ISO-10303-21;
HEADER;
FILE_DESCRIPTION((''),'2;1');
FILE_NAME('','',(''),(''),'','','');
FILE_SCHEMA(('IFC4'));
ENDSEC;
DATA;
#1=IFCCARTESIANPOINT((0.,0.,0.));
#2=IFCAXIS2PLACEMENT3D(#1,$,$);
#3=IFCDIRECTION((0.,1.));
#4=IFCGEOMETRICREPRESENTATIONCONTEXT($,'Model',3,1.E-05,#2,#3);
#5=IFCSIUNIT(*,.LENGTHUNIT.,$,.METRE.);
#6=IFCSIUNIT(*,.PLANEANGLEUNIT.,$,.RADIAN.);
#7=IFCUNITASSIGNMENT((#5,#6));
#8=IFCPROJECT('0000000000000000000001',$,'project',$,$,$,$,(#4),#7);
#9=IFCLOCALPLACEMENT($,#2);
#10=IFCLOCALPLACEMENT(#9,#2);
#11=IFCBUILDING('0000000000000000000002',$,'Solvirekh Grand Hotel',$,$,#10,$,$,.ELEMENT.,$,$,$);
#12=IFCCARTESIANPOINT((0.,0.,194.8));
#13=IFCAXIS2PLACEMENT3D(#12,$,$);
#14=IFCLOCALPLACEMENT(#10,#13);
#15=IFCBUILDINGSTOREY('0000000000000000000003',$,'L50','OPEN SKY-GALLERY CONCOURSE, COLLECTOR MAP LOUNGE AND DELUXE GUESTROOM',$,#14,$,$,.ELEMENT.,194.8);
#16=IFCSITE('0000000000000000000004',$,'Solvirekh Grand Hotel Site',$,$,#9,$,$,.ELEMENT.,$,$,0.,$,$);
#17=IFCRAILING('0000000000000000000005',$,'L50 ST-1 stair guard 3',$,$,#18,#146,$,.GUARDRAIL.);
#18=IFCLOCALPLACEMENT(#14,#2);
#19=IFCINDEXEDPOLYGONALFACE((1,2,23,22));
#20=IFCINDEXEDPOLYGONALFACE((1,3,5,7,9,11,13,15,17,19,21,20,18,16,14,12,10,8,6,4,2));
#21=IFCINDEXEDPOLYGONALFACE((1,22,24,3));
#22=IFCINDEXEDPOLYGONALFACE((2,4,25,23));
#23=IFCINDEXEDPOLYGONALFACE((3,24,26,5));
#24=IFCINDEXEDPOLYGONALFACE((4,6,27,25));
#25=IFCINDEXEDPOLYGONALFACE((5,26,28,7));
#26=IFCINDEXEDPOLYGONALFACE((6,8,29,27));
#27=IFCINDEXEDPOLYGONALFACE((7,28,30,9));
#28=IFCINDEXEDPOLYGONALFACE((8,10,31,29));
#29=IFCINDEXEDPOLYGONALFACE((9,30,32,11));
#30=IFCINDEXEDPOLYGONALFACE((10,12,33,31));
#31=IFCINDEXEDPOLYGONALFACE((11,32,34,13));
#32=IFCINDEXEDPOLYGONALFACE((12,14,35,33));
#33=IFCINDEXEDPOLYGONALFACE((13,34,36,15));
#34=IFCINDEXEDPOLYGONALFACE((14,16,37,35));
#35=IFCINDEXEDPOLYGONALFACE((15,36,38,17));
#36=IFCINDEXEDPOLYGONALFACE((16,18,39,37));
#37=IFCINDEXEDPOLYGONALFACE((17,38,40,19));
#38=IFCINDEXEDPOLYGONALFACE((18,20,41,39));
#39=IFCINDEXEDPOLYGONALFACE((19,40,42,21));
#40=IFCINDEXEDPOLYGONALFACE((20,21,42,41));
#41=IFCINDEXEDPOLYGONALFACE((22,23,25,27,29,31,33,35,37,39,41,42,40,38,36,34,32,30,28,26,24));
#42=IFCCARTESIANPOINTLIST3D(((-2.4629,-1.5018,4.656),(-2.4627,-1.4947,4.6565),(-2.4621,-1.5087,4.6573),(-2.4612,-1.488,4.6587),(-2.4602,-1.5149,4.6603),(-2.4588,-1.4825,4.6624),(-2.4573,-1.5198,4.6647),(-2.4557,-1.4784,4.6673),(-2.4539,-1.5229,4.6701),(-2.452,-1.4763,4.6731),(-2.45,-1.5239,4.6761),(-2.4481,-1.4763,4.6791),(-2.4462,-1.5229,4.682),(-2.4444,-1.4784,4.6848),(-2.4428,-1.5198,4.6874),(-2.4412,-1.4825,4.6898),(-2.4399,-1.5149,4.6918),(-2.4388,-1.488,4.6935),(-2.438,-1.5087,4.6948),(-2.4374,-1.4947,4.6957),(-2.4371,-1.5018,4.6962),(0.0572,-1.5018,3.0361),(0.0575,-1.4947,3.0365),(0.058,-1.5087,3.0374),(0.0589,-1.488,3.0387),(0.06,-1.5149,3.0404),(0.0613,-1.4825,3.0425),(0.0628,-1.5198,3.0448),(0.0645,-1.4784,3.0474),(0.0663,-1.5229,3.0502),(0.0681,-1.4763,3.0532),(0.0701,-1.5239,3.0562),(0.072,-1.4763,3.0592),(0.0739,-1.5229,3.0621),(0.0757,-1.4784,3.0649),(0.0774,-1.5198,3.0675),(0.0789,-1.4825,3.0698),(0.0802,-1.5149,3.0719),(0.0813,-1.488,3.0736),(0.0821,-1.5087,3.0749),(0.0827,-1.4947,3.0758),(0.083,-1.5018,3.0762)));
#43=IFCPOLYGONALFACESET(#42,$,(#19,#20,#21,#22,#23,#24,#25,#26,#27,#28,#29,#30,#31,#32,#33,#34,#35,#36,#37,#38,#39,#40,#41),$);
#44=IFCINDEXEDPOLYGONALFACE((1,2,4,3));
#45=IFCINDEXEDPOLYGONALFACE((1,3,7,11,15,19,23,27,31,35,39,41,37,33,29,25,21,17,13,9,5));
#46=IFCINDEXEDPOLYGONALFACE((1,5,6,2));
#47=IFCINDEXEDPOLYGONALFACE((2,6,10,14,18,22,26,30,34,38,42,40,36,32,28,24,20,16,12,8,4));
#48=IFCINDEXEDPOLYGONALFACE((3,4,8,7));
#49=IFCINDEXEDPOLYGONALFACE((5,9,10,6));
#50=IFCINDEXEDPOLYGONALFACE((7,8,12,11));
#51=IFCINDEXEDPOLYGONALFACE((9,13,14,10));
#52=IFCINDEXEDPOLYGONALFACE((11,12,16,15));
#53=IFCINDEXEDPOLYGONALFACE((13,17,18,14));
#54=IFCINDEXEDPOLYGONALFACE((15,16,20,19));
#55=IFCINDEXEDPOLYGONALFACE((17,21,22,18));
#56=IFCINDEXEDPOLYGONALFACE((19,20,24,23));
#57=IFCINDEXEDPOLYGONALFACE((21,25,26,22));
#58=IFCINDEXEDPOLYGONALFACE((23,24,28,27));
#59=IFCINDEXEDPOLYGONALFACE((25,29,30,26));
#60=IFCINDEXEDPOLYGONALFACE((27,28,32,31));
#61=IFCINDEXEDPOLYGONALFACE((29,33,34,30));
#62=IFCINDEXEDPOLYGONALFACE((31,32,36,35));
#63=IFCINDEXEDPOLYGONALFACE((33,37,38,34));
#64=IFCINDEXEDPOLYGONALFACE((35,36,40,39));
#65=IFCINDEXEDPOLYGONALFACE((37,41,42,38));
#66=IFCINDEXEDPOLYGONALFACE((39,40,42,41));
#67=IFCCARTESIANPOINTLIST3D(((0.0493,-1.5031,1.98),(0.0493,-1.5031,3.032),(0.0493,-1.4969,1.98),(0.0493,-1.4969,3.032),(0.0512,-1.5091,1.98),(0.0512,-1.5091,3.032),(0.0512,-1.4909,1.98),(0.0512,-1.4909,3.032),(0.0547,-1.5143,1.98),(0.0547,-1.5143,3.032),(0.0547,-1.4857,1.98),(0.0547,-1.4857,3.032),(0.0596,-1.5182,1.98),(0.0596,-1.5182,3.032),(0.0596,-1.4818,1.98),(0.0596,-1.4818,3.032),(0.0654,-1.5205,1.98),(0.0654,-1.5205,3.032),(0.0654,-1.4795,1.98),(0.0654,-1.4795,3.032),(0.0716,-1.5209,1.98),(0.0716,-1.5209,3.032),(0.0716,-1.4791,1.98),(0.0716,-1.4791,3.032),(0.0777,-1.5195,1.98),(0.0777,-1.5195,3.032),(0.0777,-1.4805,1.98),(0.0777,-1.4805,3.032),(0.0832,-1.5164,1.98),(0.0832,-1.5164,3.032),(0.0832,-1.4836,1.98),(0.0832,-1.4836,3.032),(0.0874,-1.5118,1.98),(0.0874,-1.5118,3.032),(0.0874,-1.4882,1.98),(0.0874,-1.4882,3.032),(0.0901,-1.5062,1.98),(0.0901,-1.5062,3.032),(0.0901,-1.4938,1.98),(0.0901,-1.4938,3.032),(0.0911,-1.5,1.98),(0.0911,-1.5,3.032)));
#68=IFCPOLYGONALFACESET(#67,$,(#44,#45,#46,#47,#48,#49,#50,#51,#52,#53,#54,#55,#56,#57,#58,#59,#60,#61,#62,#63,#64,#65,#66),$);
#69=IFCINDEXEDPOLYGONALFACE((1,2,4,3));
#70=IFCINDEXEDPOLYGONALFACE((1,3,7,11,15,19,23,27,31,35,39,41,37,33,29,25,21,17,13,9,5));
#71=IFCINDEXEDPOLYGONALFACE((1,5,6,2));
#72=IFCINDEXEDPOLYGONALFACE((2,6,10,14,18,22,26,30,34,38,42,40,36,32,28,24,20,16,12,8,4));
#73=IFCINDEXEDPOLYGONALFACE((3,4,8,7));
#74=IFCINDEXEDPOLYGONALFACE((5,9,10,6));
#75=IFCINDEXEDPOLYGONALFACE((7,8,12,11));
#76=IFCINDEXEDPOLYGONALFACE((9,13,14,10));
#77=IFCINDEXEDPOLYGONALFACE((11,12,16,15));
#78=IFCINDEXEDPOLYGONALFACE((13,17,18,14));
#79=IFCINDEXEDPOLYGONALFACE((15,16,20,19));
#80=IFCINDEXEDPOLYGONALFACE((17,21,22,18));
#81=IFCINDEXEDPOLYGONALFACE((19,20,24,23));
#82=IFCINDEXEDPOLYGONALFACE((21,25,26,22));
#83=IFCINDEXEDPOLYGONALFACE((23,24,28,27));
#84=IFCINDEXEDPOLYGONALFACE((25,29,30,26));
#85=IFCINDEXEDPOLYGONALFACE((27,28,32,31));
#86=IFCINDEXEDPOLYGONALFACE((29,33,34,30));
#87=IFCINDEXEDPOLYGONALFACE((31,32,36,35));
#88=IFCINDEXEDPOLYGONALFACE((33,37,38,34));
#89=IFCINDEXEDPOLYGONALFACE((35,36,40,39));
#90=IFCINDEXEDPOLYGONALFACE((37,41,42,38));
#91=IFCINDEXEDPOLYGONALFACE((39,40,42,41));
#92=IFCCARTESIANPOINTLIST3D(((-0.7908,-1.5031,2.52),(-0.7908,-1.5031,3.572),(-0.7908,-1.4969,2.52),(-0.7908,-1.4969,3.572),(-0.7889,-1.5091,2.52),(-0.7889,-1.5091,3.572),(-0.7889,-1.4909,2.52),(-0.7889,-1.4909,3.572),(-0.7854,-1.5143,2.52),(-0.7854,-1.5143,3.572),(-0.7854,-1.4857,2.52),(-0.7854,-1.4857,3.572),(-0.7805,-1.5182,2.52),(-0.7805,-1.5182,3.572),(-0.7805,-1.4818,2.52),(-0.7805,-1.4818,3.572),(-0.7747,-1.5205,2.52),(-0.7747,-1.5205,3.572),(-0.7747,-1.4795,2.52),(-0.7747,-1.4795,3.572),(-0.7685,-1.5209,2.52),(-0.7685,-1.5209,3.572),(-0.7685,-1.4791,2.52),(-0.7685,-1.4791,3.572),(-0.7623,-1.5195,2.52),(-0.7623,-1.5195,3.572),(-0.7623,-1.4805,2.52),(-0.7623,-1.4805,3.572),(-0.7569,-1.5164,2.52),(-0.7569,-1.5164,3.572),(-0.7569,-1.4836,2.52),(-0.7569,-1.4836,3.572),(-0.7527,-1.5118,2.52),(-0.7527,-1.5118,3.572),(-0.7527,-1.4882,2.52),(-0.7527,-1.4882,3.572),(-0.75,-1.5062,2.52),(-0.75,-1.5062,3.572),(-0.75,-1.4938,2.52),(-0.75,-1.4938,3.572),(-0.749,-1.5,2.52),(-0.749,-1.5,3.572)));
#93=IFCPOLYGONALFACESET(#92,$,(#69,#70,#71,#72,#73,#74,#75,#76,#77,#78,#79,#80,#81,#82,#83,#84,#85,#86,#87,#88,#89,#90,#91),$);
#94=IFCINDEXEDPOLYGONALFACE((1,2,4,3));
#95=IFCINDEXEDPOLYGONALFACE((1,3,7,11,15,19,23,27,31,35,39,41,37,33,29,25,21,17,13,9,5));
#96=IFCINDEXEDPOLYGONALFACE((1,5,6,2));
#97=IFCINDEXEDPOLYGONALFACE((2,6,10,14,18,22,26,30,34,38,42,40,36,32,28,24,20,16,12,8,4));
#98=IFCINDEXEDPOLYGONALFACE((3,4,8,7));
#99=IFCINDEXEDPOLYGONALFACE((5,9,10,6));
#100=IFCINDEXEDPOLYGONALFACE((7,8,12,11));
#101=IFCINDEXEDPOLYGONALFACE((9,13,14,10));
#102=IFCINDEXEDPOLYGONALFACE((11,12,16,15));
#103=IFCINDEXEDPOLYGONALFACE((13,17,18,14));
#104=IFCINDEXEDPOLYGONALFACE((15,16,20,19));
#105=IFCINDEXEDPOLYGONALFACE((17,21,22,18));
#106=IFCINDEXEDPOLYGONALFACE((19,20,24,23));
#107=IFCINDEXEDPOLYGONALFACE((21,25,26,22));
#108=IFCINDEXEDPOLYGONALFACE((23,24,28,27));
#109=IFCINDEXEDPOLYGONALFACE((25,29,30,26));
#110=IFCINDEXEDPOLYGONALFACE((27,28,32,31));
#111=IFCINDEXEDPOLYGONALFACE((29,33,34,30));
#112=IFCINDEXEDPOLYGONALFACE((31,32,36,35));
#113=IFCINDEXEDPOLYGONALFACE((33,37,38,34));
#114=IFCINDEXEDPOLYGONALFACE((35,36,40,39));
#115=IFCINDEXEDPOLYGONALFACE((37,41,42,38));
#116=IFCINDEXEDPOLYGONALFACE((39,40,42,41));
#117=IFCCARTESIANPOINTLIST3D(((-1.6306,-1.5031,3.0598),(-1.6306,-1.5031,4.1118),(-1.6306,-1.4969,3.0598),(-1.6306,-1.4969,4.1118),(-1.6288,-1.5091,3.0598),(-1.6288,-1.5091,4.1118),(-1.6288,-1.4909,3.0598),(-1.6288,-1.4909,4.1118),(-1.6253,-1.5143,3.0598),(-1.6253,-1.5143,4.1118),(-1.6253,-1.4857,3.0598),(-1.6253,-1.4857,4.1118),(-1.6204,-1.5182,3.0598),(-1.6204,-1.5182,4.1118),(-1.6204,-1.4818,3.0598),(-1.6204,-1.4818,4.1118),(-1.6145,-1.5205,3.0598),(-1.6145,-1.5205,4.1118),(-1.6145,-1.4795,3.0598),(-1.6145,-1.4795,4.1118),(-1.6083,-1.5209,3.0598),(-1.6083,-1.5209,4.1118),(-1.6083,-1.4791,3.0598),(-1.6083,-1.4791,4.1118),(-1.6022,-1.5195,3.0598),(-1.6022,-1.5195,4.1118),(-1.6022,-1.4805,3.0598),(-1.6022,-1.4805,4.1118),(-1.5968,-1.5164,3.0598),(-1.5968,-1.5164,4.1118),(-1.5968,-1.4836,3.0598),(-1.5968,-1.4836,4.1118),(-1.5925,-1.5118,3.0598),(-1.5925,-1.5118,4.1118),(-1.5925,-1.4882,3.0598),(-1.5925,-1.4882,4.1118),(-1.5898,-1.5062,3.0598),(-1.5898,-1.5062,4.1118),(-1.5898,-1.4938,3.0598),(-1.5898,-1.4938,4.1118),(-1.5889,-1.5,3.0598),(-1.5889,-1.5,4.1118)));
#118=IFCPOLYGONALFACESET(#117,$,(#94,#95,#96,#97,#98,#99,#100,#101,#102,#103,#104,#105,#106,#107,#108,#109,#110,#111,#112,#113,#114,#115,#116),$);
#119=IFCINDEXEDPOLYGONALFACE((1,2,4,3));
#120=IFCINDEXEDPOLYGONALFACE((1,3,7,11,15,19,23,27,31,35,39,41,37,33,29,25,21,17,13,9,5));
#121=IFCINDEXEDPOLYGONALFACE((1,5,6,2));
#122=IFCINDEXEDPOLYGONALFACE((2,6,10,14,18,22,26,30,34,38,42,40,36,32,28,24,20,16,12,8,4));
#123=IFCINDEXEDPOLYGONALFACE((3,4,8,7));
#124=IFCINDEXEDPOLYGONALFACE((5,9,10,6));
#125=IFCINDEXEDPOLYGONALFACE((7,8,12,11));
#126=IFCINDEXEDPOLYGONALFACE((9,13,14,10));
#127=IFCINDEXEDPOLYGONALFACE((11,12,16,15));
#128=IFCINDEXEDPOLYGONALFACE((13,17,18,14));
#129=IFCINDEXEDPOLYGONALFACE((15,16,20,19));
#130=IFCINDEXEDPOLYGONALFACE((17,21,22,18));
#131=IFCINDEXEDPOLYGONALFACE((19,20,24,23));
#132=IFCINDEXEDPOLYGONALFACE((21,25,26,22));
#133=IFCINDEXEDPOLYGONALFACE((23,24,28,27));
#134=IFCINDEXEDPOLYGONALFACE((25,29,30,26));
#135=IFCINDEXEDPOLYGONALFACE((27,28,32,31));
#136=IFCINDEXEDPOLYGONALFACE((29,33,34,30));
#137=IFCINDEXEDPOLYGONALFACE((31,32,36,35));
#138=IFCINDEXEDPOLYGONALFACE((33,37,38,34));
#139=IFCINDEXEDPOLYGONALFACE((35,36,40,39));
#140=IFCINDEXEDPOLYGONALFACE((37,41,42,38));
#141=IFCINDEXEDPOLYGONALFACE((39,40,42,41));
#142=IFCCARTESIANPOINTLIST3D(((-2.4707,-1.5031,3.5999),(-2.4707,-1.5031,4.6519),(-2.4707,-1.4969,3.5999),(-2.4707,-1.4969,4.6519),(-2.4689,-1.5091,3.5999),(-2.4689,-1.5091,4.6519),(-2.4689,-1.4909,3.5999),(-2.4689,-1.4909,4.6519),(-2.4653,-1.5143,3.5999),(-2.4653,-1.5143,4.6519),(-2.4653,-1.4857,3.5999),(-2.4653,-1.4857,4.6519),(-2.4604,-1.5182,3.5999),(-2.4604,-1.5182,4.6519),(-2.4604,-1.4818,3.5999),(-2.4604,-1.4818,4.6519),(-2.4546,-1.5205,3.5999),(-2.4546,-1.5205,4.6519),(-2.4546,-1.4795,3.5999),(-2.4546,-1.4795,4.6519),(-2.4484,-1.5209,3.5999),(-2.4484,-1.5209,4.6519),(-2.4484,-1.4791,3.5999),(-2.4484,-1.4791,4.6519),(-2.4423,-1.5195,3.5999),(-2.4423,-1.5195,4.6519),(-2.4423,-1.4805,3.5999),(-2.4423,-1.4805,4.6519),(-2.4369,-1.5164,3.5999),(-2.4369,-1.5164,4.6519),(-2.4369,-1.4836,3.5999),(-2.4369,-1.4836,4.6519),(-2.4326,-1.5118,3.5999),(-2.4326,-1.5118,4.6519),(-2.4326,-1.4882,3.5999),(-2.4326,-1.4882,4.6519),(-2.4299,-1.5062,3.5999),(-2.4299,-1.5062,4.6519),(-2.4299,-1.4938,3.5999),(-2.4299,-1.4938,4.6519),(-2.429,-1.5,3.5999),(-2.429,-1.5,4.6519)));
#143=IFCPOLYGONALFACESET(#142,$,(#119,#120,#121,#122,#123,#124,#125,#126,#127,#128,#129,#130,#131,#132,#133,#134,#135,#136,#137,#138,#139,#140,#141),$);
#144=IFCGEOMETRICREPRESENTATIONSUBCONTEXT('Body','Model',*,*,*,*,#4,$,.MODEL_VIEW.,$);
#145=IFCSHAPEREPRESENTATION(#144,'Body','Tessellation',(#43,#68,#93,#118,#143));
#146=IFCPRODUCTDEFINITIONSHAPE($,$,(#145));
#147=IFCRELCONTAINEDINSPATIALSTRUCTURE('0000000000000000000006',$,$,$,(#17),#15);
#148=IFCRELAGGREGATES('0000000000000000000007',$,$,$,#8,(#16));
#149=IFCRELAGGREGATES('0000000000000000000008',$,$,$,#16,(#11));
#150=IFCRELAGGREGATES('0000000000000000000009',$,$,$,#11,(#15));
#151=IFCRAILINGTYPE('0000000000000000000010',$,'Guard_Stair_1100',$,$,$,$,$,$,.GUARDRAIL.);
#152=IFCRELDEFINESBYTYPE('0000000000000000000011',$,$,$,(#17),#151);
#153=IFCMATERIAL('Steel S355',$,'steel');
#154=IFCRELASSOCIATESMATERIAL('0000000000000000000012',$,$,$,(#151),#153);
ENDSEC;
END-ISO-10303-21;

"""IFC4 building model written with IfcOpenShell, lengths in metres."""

from ifc_helpers import new_model, si_unit, direction, frame, origin, origin_2d, place, context, subcontext, project, spatial, circle, extrude, material, type_object, element, save


model = new_model("IFC4")

# Units and contexts
model_context = context("Model", 3, precision=1e-05, world=origin(), true_north=direction((0.0, 1.0)))
body_context = subcontext(model_context, "Body", "Model", "MODEL_VIEW")
ifc_project = project(units=[si_unit("LENGTHUNIT", "METRE"), si_unit("PLANEANGLEUNIT", "RADIAN")], contexts=[model_context])

# Site, building, storey
site_placement = place(None, origin())
site = spatial("IfcSite", under=ifc_project, at=site_placement, Name="Solvirekh Grand Hotel Site", CompositionType="ELEMENT", RefElevation=0.0)
building_placement = place(site_placement, origin())
building = spatial("IfcBuilding", under=site, at=building_placement, Name="Solvirekh Grand Hotel", CompositionType="ELEMENT")
storey_placement = place(building_placement, frame((0.0, 0.0, 194.8)))
storey = spatial("IfcBuildingStorey", under=building, at=storey_placement, Name="L50", Description="OPEN SKY-GALLERY CONCOURSE, COLLECTOR MAP LOUNGE AND DELUXE GUESTROOM", CompositionType="ELEMENT", Elevation=194.8)

# Railing
ifc_material_1 = material(Name="Steel S355", Category="steel")
railing_type_1 = type_object("IfcRailingType", Name="Guard_Stair_1100", PredefinedType="GUARDRAIL", material=ifc_material_1)
railing_1_placement = place(storey_placement, frame((0.0701, -1.5, 1.98)))
element("IfcRailing", 1, at=railing_1_placement, inside=storey, type_object=railing_type_1, Name="L50 ST-1 stair guard 3", PredefinedType="GUARDRAIL", context=body_context, shape_type="SweptSolid", body=[
    extrude(circle(Radius=0.0239, at=origin_2d()), frame((0.0, 0.0, 1.0762), z_axis=(-0.8412, 0.0, 0.540725), x_axis=(0.0, -1.0, 0.0)), (0.0, 0.0, 1.0), 2.9958),
    extrude(circle(Radius=0.021, at=origin_2d()), origin(), (0.0, 0.0, 1.0), 1.052),
    extrude(circle(Radius=0.021, at=origin_2d()), frame((-0.8401, 0.0, 0.54)), (0.0, 0.0, 1.0), 1.052),
    extrude(circle(Radius=0.021, at=origin_2d()), frame((-1.6799, 0.0, 1.0798)), (0.0, 0.0, 1.0), 1.052),
    extrude(circle(Radius=0.021, at=origin_2d()), frame((-2.52, 0.0, 1.6199)), (0.0, 0.0, 1.0), 1.052),
])

save(model, "model.ifc")
